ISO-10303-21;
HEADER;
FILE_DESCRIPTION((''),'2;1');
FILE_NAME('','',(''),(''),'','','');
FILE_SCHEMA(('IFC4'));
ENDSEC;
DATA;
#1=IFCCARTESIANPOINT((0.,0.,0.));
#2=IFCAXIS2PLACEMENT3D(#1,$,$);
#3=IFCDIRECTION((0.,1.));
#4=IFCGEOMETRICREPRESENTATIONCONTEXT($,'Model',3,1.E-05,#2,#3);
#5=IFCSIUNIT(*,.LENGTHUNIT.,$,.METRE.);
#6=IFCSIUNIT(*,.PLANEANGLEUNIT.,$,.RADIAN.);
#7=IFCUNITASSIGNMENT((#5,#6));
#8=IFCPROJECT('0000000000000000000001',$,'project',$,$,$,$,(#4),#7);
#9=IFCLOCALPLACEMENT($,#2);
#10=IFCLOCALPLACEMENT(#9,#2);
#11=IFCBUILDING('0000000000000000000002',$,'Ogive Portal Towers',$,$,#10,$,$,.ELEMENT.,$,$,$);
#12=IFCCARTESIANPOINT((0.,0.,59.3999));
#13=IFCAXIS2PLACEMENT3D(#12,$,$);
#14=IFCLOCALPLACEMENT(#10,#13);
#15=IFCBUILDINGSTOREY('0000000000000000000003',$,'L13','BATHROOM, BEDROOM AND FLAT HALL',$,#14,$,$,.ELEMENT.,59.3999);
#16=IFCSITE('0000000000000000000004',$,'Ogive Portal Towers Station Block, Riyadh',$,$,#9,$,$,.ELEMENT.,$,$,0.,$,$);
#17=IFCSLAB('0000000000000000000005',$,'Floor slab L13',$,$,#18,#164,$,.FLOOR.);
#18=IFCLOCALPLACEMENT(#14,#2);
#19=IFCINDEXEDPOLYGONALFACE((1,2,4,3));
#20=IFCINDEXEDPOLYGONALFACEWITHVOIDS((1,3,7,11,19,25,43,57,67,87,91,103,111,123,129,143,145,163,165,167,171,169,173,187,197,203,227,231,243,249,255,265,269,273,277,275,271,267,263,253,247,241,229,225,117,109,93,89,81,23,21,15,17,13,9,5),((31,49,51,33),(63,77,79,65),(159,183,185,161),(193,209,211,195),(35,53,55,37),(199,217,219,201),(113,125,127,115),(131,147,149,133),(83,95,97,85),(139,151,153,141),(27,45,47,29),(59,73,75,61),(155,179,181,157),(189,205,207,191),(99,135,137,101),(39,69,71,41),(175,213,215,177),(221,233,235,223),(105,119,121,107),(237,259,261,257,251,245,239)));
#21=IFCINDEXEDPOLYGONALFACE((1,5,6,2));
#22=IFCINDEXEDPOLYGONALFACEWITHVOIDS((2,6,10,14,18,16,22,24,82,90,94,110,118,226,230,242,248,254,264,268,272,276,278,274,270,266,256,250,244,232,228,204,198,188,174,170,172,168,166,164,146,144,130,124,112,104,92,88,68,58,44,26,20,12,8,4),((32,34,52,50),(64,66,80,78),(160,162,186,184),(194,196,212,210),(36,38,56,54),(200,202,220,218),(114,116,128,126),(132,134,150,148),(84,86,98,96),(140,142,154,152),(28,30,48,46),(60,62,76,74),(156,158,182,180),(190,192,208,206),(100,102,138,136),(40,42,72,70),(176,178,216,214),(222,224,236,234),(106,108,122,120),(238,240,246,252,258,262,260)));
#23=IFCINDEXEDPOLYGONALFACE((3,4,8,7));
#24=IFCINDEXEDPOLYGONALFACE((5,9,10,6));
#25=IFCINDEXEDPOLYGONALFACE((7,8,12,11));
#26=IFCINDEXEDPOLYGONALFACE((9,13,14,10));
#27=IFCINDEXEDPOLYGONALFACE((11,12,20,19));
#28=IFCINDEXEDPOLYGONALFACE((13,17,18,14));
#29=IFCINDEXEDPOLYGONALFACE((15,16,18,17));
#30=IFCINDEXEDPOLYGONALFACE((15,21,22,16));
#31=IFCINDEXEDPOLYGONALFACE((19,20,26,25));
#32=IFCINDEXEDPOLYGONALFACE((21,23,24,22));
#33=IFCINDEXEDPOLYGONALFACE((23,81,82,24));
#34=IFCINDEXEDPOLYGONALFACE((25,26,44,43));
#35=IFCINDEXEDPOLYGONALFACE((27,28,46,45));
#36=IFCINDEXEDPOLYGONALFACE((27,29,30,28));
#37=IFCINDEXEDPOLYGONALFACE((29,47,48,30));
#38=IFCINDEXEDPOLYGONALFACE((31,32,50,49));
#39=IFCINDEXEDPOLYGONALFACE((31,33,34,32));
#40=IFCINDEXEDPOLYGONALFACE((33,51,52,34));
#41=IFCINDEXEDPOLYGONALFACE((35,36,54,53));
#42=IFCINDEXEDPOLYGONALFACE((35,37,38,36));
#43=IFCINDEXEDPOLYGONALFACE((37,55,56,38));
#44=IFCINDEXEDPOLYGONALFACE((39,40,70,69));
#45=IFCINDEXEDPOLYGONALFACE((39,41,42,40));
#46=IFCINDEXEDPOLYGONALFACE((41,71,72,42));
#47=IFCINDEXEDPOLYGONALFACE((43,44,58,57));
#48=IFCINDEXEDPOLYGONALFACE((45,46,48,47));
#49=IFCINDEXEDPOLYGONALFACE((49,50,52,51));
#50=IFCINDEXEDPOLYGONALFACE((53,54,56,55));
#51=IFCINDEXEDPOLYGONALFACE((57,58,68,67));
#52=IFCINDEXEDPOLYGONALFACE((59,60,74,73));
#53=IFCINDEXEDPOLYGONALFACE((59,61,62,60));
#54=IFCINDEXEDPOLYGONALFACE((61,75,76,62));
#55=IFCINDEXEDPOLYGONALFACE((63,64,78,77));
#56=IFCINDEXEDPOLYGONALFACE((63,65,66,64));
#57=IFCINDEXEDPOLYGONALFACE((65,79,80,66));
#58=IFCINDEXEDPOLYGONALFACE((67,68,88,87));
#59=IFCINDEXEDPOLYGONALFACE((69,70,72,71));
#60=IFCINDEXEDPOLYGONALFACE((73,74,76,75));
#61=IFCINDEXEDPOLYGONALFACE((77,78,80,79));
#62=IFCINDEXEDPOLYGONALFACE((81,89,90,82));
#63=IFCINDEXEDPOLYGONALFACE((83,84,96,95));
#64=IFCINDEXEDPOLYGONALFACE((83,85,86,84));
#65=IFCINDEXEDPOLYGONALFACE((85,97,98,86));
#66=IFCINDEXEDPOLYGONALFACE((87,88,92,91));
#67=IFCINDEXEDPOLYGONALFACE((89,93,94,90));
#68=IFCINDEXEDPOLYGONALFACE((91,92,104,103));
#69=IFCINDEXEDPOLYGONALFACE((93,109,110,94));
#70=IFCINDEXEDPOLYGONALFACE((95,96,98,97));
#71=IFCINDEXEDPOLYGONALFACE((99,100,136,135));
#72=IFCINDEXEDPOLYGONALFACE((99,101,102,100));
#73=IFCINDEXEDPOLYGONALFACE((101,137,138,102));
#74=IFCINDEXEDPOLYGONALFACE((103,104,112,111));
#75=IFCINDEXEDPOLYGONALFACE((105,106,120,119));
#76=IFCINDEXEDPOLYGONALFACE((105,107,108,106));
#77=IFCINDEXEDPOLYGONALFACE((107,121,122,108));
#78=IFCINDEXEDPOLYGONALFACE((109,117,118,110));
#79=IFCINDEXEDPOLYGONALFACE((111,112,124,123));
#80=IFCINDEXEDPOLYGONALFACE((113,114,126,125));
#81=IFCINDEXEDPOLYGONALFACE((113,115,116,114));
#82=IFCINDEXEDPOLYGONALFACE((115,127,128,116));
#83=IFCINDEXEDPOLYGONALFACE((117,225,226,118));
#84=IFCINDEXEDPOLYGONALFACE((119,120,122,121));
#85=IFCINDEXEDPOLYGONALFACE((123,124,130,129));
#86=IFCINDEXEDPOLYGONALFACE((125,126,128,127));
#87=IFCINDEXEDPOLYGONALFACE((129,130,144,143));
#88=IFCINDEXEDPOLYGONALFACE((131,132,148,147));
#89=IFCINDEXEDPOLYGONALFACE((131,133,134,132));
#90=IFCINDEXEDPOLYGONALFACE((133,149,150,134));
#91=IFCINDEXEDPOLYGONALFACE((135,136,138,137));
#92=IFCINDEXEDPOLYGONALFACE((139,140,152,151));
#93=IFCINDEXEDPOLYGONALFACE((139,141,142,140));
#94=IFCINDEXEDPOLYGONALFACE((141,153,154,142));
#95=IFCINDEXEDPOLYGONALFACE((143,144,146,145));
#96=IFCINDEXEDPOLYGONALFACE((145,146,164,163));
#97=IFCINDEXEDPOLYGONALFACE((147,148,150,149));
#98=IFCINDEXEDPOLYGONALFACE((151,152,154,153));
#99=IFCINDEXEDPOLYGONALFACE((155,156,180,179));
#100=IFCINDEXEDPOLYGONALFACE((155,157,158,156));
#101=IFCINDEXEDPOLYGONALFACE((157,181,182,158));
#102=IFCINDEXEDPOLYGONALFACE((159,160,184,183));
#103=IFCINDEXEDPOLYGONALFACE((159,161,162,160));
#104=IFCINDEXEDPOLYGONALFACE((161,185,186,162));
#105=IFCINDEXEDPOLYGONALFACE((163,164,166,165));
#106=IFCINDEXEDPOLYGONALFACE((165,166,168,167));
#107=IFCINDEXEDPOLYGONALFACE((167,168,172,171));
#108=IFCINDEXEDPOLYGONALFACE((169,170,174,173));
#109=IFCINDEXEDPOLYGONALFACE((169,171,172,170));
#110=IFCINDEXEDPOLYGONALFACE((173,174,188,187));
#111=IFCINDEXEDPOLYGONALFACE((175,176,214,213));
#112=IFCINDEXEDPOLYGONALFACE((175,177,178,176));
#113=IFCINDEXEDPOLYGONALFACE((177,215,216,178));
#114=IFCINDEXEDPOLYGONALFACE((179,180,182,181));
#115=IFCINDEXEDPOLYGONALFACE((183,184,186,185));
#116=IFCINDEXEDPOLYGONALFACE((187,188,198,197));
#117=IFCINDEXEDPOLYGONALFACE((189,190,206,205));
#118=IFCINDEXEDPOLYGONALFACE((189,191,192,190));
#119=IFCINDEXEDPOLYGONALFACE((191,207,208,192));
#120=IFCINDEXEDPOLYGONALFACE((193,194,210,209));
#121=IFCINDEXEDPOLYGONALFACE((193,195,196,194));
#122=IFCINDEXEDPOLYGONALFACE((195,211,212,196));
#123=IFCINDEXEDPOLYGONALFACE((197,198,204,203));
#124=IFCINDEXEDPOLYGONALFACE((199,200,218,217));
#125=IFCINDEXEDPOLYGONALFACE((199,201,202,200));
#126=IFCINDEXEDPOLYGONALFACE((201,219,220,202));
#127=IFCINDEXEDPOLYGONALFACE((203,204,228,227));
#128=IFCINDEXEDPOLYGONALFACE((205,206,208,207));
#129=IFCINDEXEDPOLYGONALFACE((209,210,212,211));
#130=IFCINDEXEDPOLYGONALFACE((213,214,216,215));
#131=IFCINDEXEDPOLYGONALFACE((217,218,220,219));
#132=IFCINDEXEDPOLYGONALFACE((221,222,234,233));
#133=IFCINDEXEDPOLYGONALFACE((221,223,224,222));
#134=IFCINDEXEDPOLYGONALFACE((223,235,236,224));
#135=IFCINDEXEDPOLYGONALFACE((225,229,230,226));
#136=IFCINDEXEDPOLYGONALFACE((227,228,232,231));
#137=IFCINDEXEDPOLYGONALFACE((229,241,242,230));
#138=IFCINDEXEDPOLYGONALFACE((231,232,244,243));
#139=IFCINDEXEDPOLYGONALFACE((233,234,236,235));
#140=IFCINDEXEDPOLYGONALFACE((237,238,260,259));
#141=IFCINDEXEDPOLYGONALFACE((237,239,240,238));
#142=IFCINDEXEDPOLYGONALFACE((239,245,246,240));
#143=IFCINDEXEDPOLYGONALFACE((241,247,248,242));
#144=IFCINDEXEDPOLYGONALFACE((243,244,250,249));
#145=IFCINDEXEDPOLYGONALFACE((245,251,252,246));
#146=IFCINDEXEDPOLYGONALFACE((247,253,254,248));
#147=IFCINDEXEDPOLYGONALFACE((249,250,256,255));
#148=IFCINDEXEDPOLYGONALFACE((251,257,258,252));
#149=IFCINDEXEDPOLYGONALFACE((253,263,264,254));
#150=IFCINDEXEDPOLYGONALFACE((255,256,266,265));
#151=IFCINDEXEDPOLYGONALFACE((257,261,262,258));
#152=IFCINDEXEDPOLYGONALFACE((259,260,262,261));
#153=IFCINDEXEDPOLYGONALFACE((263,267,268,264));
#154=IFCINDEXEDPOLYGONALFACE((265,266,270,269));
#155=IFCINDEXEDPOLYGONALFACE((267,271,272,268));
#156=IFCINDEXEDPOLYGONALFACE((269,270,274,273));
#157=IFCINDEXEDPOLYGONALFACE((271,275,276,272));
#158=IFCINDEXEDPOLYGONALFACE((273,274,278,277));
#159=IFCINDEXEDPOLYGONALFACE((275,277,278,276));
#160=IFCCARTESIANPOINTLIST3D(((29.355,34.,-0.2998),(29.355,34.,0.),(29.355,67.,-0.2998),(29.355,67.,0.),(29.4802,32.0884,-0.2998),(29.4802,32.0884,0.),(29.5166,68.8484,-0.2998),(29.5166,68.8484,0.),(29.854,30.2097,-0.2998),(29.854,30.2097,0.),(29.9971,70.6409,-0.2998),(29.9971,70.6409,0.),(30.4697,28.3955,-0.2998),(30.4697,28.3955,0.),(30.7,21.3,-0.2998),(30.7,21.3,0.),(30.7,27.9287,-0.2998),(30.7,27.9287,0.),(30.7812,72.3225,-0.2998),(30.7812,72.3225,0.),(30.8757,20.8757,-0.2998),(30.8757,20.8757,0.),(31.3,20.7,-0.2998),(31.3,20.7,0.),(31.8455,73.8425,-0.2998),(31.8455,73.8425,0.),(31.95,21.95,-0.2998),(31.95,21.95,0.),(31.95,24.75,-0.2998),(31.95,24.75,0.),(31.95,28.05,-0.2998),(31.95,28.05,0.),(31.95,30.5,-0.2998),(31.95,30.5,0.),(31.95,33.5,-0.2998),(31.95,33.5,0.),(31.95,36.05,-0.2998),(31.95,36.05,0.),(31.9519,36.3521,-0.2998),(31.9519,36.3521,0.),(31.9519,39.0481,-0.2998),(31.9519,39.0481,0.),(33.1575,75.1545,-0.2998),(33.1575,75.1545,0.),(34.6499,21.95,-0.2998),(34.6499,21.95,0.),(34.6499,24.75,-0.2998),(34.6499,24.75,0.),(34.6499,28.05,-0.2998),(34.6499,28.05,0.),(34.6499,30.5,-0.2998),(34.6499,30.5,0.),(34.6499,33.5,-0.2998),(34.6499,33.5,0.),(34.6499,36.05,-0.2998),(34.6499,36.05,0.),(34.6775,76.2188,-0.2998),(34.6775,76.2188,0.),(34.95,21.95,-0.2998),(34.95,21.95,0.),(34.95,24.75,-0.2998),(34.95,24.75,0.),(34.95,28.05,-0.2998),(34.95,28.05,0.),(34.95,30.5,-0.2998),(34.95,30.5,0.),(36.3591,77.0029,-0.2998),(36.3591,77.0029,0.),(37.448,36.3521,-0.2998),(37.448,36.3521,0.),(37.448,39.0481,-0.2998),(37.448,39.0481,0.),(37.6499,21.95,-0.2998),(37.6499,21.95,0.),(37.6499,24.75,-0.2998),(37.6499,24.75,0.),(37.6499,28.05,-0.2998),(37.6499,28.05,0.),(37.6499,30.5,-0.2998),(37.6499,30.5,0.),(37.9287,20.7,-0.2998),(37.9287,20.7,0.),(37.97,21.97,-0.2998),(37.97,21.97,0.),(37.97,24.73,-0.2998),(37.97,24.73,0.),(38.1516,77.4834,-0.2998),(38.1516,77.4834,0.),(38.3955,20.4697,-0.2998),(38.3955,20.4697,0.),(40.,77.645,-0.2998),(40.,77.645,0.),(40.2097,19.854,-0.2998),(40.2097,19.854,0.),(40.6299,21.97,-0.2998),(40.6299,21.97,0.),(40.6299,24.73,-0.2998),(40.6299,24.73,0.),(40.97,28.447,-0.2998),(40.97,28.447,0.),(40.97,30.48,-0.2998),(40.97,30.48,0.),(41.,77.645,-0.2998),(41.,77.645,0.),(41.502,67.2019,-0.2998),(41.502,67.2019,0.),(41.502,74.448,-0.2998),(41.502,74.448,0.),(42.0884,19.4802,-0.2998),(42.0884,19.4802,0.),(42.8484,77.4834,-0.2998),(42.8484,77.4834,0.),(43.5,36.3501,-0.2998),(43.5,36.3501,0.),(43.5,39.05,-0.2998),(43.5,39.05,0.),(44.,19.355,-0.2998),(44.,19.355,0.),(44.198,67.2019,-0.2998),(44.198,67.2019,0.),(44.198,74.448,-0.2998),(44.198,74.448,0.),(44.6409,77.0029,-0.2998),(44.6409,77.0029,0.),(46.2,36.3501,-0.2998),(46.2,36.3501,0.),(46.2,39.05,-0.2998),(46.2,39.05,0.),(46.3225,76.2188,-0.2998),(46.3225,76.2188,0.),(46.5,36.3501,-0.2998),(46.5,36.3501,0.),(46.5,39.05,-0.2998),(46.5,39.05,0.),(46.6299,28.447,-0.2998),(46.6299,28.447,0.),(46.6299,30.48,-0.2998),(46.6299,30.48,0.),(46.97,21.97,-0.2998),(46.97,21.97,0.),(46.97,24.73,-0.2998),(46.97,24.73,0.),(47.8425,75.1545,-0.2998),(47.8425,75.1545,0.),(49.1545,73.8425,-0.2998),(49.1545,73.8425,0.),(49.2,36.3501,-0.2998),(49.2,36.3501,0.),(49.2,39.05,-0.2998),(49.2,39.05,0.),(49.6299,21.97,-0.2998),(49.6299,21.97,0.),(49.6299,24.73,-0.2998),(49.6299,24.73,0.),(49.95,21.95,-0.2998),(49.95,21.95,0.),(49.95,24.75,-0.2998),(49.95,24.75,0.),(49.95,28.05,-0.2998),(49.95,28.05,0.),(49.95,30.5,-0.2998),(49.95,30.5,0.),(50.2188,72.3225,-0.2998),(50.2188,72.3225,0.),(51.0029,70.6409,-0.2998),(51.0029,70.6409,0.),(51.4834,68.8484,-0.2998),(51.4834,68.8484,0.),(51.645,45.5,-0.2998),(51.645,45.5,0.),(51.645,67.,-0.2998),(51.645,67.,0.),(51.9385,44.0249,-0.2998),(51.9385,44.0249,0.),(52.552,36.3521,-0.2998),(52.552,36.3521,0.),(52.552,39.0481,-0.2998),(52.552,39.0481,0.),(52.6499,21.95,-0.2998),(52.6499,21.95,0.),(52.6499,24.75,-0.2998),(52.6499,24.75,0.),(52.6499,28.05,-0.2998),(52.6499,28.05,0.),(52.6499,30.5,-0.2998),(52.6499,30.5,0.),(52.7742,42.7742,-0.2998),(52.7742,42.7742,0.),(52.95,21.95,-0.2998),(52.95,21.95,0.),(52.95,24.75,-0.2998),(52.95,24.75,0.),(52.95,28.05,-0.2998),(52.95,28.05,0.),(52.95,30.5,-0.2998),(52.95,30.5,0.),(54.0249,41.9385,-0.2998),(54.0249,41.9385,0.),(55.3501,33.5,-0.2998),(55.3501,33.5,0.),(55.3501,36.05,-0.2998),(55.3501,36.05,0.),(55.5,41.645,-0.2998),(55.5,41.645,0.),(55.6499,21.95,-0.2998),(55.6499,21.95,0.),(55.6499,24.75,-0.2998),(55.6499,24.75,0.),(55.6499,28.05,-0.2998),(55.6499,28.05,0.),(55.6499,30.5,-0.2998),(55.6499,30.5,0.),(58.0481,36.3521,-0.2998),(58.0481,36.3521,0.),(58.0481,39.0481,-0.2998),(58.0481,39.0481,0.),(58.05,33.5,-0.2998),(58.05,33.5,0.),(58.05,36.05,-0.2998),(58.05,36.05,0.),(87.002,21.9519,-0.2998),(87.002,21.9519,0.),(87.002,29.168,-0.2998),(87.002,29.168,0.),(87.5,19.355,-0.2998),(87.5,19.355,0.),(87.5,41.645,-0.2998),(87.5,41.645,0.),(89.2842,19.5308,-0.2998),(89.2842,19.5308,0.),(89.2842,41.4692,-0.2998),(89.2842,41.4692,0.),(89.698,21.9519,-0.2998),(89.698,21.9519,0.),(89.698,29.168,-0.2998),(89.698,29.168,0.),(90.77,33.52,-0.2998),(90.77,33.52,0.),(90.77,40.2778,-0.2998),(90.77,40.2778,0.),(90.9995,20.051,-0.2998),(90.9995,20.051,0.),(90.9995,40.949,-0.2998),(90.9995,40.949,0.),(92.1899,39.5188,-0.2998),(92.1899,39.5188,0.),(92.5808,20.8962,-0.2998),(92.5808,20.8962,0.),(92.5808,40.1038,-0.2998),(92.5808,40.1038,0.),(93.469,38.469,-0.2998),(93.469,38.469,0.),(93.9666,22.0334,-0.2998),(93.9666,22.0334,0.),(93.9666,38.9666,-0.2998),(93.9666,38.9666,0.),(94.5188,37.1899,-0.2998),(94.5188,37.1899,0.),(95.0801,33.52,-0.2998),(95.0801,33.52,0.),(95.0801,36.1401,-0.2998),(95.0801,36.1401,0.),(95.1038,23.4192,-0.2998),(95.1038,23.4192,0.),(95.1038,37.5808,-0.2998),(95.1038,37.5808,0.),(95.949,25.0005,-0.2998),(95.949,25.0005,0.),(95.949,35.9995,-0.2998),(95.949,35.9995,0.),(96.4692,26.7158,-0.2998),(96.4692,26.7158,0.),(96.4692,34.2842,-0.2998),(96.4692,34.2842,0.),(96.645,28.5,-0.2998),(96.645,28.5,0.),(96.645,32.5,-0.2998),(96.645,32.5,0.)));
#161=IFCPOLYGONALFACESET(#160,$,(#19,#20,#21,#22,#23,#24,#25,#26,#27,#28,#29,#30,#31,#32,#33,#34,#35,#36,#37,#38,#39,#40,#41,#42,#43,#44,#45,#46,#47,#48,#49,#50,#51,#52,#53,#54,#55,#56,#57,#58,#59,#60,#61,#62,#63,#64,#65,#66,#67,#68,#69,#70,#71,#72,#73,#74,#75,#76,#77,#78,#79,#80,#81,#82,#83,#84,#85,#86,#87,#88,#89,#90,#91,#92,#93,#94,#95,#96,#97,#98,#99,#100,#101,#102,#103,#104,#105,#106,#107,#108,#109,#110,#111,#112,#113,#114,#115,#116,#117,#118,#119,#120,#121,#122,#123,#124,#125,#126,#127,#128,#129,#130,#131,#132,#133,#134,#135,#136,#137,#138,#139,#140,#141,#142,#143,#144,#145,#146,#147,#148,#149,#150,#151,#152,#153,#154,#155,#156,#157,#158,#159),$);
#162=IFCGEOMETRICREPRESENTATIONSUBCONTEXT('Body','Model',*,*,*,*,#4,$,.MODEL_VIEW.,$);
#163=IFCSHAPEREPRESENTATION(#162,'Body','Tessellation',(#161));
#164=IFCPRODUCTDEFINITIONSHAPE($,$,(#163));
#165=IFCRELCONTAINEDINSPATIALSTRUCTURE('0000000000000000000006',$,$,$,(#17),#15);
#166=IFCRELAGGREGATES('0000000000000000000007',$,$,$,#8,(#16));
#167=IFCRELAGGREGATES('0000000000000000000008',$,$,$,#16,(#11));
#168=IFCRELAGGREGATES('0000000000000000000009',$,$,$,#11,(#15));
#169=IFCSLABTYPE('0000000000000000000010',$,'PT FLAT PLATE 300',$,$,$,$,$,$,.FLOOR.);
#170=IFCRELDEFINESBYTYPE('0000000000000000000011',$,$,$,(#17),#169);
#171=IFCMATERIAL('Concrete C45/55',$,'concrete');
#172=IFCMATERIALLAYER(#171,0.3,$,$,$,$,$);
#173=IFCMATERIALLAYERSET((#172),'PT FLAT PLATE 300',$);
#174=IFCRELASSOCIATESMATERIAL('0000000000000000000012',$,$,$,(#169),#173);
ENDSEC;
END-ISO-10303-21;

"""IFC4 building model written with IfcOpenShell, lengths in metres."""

from ifc_helpers import new_model, si_unit, direction, frame, origin, place, context, subcontext, project, spatial, polyline, outline, extrude, material, layer, layer_set, type_object, element, save


model = new_model("IFC4")

# Units and contexts
model_context = context("Model", 3, precision=1e-05, world=origin(), true_north=direction((0.0, 1.0)))
body_context = subcontext(model_context, "Body", "Model", "MODEL_VIEW")
ifc_project = project(units=[si_unit("LENGTHUNIT", "METRE"), si_unit("PLANEANGLEUNIT", "RADIAN")], contexts=[model_context])

# Site, building, storey
site_placement = place(None, origin())
site = spatial("IfcSite", under=ifc_project, at=site_placement, Name="Ogive Portal Towers Station Block, Riyadh", CompositionType="ELEMENT", RefElevation=0.0)
building_placement = place(site_placement, origin())
building = spatial("IfcBuilding", under=site, at=building_placement, Name="Ogive Portal Towers", CompositionType="ELEMENT")
storey_placement = place(building_placement, frame((0.0, 0.0, 59.3999)))
storey = spatial("IfcBuildingStorey", under=building, at=storey_placement, Name="L13", Description="BATHROOM, BEDROOM AND FLAT HALL", CompositionType="ELEMENT", Elevation=59.3999)

# Slab
ifc_material_1 = material(Name="Concrete C45/55", Category="concrete")
ifc_layer_1 = layer(ifc_material_1, 0.3)
ifc_layer_set_1 = layer_set([ifc_layer_1], Name="PT FLAT PLATE 300")
slab_type_1 = type_object("IfcSlabType", Name="PT FLAT PLATE 300", PredefinedType="FLOOR", material=ifc_layer_set_1)
slab_1_placement = place(storey_placement, frame((0.0, 0.0, -0.2998)))
element("IfcSlab", 1, at=slab_1_placement, inside=storey, type_object=slab_type_1, Name="Floor slab L13", PredefinedType="FLOOR", context=body_context, shape_type="SweptSolid", body=[
    extrude(outline(polyline([(29.854, 30.2097), (30.4697, 28.3955), (30.7, 27.9287), (30.7, 21.3), (30.8757, 20.8757), (31.3, 20.7), (37.9287, 20.7), (38.3955, 20.4697), (40.2097, 19.854), (42.0884, 19.4802), (44.0, 19.355), (87.5, 19.355), (89.2842, 19.5308), (90.9995, 20.051), (92.5808, 20.8962), (93.9666, 22.0334), (95.1038, 23.4192), (95.949, 25.0005), (96.4692, 26.7158), (96.645, 28.5), (96.645, 32.5), (96.4692, 34.2842), (95.949, 35.9995), (95.1038, 37.5808), (93.9666, 38.9666), (92.5808, 40.1038), (90.9995, 40.949), (89.2842, 41.4692), (87.5, 41.645), (55.5, 41.645), (54.0249, 41.9385), (52.7742, 42.7742), (51.9385, 44.0249), (51.645, 45.5), (51.645, 67.0), (51.4834, 68.8484), (51.0029, 70.6409), (50.2188, 72.3225), (49.1545, 73.8425), (47.8425, 75.1545), (46.3225, 76.2188), (44.6409, 77.0029), (42.8484, 77.4834), (41.0, 77.645), (40.0, 77.645), (38.1516, 77.4834), (36.3591, 77.0029), (34.6775, 76.2188), (33.1575, 75.1545), (31.8455, 73.8425), (30.7812, 72.3225), (29.9971, 70.6409), (29.5166, 68.8484), (29.355, 67.0), (29.355, 34.0), (29.4802, 32.0884), (29.854, 30.2097)]), holes=[polyline([(34.6499, 24.75), (34.6499, 21.95), (31.95, 21.95), (31.95, 24.75), (34.6499, 24.75)]), polyline([(37.6499, 24.75), (37.6499, 21.95), (34.95, 21.95), (34.95, 24.75), (37.6499, 24.75)]), polyline([(40.6299, 21.97), (37.97, 21.97), (37.97, 24.73), (40.6299, 24.73), (40.6299, 21.97)]), polyline([(34.6499, 28.05), (31.95, 28.05), (31.95, 30.5), (34.6499, 30.5), (34.6499, 28.05)]), polyline([(37.6499, 28.05), (34.95, 28.05), (34.95, 30.5), (37.6499, 30.5), (37.6499, 28.05)]), polyline([(46.6299, 28.447), (40.97, 28.447), (40.97, 30.48), (46.6299, 30.48), (46.6299, 28.447)]), polyline([(34.6499, 33.5), (31.95, 33.5), (31.95, 36.05), (34.6499, 36.05), (34.6499, 33.5)]), polyline([(37.448, 39.0481), (37.448, 36.3521), (31.9519, 36.3521), (31.9519, 39.0481), (37.448, 39.0481)]), polyline([(46.2, 39.05), (46.2, 36.3501), (43.5, 36.3501), (43.5, 39.05), (46.2, 39.05)]), polyline([(49.2, 36.3501), (46.5, 36.3501), (46.5, 39.05), (49.2, 39.05), (49.2, 36.3501)]), polyline([(44.198, 67.2019), (41.502, 67.2019), (41.502, 74.448), (44.198, 74.448), (44.198, 67.2019)]), polyline([(49.6299, 21.97), (46.97, 21.97), (46.97, 24.73), (49.6299, 24.73), (49.6299, 21.97)]), polyline([(52.6499, 24.75), (52.6499, 21.95), (49.95, 21.95), (49.95, 24.75), (52.6499, 24.75)]), polyline([(55.6499, 21.95), (52.95, 21.95), (52.95, 24.75), (55.6499, 24.75), (55.6499, 21.95)]), polyline([(87.002, 29.168), (89.698, 29.168), (89.698, 21.9519), (87.002, 21.9519), (87.002, 29.168)]), polyline([(52.6499, 30.5), (52.6499, 28.05), (49.95, 28.05), (49.95, 30.5), (52.6499, 30.5)]), polyline([(55.6499, 28.05), (52.95, 28.05), (52.95, 30.5), (55.6499, 30.5), (55.6499, 28.05)]), polyline([(58.05, 36.05), (58.05, 33.5), (55.3501, 33.5), (55.3501, 36.05), (58.05, 36.05)]), polyline([(95.0801, 36.1401), (95.0801, 33.52), (90.77, 33.52), (90.77, 40.2778), (92.1899, 39.5188), (93.469, 38.469), (94.5188, 37.1899), (95.0801, 36.1401)]), polyline([(52.552, 36.3521), (52.552, 39.0481), (58.0481, 39.0481), (58.0481, 36.3521), (52.552, 36.3521)])]), origin(), (0.0, 0.0, 1.0), 0.2998),
])

save(model, "model.ifc")
